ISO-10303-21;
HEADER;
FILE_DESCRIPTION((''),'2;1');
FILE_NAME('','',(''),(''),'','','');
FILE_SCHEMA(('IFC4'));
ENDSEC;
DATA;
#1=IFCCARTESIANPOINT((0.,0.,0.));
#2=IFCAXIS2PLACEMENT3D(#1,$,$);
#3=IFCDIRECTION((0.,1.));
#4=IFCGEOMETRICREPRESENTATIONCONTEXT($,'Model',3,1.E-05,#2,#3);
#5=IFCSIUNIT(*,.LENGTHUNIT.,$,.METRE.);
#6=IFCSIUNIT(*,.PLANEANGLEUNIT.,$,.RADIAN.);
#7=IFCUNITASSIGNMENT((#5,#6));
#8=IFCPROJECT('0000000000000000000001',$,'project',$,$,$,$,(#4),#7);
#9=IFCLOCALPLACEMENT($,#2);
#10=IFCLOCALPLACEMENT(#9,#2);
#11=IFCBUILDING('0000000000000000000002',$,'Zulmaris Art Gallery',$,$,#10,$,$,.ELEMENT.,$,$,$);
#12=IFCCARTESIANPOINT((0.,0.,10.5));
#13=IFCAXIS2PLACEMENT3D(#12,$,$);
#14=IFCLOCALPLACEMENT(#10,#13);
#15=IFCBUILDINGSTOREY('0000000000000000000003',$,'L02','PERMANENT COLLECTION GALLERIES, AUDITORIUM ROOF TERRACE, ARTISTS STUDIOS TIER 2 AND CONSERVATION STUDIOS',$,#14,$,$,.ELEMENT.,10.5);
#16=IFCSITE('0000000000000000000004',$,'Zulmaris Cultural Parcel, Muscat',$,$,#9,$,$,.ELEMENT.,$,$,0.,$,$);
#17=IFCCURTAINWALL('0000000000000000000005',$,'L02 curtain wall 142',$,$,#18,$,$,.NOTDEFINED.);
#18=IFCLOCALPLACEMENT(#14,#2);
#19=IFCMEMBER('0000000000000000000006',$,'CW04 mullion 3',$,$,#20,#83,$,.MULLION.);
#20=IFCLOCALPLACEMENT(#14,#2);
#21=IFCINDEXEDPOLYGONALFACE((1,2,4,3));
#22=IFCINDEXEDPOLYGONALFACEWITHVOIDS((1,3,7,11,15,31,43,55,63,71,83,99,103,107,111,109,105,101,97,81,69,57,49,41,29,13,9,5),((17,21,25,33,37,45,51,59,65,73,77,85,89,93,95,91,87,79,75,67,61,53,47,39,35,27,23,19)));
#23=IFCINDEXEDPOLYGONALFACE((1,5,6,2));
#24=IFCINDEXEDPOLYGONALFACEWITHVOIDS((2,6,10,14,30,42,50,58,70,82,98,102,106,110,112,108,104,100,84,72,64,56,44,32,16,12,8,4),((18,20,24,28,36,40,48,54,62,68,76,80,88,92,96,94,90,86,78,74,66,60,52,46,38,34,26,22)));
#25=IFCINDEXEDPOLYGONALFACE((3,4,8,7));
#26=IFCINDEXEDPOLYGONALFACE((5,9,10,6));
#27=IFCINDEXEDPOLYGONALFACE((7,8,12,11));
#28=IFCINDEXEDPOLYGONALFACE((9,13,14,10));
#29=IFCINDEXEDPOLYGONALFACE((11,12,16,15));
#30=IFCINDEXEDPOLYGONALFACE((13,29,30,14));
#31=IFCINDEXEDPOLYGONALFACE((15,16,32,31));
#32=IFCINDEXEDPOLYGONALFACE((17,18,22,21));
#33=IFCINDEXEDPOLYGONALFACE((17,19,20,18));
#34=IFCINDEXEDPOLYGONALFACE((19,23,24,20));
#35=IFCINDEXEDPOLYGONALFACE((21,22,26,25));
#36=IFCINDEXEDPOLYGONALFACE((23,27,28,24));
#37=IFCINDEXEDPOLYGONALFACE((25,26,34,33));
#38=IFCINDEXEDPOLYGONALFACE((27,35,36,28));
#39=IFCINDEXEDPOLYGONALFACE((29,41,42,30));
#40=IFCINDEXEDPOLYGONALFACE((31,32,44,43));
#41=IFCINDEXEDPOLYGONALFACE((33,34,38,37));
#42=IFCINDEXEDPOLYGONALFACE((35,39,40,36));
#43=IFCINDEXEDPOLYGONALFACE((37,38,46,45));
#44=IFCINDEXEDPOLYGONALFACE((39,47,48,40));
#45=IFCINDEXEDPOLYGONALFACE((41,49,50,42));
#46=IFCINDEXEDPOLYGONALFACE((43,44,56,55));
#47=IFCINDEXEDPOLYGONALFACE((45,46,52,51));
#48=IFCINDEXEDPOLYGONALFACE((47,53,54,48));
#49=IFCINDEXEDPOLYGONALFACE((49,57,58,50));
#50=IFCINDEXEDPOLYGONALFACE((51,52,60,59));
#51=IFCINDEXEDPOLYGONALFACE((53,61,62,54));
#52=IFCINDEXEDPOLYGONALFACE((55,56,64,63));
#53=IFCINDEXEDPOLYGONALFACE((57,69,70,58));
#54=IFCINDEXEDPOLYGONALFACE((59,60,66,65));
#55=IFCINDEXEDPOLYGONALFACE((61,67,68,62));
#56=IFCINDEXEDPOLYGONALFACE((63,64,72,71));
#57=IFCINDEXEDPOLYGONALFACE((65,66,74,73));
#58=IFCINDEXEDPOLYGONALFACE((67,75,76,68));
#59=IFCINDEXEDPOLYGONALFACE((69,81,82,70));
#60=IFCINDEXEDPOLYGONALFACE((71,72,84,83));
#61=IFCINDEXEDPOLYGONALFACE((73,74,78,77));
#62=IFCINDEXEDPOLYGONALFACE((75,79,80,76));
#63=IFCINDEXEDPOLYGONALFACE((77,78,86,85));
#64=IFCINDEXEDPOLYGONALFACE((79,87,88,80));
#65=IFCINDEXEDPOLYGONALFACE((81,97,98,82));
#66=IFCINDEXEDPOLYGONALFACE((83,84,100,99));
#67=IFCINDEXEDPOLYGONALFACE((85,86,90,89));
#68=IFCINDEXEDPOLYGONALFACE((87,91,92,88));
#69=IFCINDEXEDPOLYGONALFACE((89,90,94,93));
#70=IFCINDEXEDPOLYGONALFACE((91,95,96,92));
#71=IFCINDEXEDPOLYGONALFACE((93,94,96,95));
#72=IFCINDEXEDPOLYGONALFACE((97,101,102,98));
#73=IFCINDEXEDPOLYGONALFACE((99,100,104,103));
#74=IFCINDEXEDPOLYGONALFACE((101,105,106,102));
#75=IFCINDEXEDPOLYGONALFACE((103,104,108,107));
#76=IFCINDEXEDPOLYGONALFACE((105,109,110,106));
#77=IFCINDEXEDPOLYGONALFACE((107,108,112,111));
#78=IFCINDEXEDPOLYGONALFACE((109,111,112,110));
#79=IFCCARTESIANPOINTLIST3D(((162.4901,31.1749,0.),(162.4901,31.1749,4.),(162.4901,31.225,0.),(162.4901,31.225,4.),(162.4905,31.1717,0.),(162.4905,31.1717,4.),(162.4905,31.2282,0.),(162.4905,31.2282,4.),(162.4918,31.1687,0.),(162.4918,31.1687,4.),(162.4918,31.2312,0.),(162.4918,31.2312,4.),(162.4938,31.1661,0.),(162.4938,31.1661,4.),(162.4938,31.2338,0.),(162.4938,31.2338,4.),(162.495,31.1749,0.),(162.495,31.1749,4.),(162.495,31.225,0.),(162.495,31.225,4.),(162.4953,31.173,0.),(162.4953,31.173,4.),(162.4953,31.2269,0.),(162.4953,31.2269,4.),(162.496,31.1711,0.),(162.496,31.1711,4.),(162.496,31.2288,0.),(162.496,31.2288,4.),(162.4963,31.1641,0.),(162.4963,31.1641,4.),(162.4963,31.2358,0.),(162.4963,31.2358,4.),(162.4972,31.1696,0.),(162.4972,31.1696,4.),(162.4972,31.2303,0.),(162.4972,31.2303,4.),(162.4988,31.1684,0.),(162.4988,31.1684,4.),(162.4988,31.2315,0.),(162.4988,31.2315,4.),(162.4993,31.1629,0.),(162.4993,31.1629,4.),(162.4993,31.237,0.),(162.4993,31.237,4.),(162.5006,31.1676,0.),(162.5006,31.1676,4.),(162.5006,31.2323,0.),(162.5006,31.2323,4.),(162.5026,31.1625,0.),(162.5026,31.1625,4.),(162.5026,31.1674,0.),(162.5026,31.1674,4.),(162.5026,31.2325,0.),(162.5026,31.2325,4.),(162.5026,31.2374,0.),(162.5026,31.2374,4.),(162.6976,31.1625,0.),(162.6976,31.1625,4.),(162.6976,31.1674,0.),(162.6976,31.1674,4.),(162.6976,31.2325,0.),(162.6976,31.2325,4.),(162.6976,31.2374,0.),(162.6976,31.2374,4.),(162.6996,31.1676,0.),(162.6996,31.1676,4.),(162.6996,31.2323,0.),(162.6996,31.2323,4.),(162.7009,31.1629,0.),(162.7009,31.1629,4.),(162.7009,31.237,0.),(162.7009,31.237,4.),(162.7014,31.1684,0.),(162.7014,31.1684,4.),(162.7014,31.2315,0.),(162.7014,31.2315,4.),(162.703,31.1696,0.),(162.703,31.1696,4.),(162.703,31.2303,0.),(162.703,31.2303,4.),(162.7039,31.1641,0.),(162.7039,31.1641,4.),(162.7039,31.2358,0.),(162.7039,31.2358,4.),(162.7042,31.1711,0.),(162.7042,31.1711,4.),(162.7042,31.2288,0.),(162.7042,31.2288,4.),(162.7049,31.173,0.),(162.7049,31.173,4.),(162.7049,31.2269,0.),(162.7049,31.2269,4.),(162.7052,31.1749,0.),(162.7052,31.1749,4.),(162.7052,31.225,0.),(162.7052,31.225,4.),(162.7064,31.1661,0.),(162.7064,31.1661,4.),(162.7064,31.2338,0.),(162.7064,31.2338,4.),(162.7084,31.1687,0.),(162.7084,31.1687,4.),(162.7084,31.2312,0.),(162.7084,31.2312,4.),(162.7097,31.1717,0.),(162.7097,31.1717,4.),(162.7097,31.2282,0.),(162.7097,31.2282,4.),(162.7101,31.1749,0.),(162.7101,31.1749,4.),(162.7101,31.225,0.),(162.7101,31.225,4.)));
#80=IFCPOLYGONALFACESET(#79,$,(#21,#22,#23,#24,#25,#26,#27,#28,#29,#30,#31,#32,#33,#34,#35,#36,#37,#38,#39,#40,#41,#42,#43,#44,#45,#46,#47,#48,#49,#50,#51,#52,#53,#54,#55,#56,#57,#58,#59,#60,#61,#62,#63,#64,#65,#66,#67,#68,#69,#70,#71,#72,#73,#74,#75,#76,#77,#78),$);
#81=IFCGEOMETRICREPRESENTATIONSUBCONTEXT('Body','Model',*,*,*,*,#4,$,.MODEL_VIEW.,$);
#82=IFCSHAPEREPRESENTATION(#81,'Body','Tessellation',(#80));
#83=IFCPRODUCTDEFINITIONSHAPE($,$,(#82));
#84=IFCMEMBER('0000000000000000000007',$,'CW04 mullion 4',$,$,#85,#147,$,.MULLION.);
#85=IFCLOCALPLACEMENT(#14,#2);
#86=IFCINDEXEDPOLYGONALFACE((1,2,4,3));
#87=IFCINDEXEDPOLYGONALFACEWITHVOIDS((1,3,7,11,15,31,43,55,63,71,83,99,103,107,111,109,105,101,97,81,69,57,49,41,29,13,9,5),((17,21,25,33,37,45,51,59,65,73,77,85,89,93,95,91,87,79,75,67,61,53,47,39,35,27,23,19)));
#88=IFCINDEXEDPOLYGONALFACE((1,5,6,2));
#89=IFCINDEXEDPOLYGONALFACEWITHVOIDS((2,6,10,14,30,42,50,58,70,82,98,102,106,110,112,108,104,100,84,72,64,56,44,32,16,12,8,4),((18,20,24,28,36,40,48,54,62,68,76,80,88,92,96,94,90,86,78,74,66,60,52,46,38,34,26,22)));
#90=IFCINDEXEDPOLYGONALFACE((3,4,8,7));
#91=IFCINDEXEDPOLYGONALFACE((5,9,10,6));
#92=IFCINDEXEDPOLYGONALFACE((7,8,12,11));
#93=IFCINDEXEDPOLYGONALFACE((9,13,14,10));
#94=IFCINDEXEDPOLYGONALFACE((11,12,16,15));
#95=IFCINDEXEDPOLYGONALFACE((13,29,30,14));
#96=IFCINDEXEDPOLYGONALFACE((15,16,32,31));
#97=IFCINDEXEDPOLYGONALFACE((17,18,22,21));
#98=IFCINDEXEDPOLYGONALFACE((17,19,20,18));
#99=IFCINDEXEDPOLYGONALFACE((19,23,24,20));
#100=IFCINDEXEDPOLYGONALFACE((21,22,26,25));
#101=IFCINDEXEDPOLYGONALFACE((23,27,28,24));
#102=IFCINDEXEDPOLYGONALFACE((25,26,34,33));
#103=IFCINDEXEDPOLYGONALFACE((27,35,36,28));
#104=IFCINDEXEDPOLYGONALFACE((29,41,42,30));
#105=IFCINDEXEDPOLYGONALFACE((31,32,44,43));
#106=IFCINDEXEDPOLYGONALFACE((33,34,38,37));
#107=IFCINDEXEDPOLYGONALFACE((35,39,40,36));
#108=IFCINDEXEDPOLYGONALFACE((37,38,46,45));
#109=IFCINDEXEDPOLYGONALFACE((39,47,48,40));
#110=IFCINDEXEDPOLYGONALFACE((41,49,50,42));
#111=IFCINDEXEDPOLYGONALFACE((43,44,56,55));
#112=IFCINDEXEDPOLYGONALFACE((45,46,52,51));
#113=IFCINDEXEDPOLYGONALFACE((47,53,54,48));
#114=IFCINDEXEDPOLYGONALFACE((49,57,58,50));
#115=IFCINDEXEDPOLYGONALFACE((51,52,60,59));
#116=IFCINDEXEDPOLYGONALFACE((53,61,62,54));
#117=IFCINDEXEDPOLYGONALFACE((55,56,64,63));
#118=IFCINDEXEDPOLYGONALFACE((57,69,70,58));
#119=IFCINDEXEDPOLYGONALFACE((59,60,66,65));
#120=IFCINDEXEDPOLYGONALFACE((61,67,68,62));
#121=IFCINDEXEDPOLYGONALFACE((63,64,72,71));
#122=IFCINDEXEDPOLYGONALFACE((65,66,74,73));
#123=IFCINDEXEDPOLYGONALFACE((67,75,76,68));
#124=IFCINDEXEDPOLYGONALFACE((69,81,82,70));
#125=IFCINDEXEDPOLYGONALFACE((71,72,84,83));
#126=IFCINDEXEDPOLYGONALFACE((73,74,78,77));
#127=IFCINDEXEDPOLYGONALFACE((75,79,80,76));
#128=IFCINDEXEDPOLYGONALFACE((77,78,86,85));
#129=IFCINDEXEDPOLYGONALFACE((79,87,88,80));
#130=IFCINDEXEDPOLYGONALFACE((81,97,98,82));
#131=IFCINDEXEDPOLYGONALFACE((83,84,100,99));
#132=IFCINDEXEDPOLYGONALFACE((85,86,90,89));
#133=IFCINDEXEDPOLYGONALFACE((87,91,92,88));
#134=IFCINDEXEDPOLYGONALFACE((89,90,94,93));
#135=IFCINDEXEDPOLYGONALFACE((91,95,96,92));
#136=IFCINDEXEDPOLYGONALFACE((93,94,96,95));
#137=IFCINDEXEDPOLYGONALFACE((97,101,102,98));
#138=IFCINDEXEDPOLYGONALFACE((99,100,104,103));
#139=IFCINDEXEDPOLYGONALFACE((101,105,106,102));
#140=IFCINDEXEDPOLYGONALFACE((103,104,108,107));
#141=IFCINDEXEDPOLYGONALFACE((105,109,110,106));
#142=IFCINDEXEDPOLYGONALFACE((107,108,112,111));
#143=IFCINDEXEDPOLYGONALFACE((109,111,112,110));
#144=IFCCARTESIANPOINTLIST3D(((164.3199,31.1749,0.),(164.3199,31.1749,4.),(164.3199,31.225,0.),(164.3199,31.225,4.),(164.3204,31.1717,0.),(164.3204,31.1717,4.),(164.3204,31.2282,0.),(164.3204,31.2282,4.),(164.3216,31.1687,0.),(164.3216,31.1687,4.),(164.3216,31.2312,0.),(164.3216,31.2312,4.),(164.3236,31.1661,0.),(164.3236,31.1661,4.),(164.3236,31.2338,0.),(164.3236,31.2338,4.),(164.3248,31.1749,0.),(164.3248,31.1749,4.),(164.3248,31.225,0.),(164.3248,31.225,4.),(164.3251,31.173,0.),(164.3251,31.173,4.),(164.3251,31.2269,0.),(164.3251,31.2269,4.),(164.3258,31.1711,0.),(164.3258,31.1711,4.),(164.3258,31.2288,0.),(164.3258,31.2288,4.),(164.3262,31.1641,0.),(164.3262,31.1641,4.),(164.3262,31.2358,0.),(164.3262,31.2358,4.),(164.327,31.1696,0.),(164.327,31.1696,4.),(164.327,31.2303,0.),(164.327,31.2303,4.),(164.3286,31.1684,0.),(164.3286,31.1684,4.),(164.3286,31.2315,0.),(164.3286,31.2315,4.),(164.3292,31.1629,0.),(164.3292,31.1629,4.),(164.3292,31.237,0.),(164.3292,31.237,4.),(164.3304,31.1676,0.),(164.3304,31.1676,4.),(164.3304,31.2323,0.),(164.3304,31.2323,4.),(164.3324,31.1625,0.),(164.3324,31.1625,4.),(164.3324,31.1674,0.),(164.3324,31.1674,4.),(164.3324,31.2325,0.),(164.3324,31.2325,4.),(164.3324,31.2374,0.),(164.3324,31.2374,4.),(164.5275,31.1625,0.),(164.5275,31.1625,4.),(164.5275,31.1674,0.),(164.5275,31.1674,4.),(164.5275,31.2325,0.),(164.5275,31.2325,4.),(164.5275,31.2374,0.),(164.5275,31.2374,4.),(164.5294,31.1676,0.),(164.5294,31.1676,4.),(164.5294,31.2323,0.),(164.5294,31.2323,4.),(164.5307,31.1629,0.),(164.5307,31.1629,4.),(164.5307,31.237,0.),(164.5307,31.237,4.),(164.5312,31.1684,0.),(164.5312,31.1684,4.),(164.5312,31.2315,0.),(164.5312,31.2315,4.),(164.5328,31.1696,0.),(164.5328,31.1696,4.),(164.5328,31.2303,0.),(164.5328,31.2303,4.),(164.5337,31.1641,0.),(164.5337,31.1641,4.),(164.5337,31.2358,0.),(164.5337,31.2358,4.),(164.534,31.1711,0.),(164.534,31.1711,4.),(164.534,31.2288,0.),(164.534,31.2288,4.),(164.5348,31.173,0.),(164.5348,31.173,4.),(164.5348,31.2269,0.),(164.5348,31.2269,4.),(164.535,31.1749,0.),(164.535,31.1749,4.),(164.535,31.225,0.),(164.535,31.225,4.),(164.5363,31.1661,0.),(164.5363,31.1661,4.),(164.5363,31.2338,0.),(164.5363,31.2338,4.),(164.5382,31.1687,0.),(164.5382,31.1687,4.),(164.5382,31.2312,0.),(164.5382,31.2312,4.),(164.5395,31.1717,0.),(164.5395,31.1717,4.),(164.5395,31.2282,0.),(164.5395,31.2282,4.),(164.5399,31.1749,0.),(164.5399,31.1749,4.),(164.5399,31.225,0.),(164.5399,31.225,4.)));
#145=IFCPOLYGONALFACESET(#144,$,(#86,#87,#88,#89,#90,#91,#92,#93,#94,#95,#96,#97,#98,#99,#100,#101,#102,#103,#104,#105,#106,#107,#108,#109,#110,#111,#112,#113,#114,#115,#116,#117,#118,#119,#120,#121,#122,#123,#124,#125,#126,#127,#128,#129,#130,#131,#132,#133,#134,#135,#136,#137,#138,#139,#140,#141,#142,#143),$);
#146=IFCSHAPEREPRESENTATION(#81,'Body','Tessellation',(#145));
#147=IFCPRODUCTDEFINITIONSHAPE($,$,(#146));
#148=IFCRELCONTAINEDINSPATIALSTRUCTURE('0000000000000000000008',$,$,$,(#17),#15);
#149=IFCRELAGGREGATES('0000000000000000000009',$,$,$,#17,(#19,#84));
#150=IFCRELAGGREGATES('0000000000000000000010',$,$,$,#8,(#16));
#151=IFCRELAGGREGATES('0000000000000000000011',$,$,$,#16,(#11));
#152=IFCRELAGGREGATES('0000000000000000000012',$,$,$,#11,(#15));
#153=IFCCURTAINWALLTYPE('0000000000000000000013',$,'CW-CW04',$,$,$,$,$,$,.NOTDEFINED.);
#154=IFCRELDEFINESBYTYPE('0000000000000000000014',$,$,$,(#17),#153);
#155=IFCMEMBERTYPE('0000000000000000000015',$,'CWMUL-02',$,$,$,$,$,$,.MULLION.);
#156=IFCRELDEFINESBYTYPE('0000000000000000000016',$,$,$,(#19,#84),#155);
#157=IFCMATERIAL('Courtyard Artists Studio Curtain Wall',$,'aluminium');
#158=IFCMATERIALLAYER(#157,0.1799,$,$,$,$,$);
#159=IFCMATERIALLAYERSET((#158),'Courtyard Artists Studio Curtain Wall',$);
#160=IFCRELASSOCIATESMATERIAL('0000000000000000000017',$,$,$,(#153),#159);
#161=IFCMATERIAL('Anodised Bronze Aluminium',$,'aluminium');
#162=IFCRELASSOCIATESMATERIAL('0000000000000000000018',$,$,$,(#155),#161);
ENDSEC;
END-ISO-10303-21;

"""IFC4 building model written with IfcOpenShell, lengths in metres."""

from ifc_helpers import new_model, si_unit, direction, frame, origin, origin_2d, place, context, subcontext, project, spatial, hollow_rectangle, extrude, material, layer, layer_set, material_profile, profile_set, type_object, element, aggregate, save


model = new_model("IFC4")

# Units and contexts
model_context = context("Model", 3, precision=1e-05, world=origin(), true_north=direction((0.0, 1.0)))
body_context = subcontext(model_context, "Body", "Model", "MODEL_VIEW")
ifc_project = project(units=[si_unit("LENGTHUNIT", "METRE"), si_unit("PLANEANGLEUNIT", "RADIAN")], contexts=[model_context])

# Site, building, storey
site_placement = place(None, origin())
site = spatial("IfcSite", under=ifc_project, at=site_placement, Name="Zulmaris Cultural Parcel, Muscat", CompositionType="ELEMENT", RefElevation=0.0)
building_placement = place(site_placement, origin())
building = spatial("IfcBuilding", under=site, at=building_placement, Name="Zulmaris Art Gallery", CompositionType="ELEMENT")
storey_placement = place(building_placement, frame((0.0, 0.0, 10.5)))
storey = spatial("IfcBuildingStorey", under=building, at=storey_placement, Name="L02", Description="PERMANENT COLLECTION GALLERIES, AUDITORIUM ROOF TERRACE, ARTISTS STUDIOS TIER 2 AND CONSERVATION STUDIOS", CompositionType="ELEMENT", Elevation=10.5)

# Curtain wall, members
ifc_material_1 = material(Name="Courtyard Artists Studio Curtain Wall", Category="aluminium")
ifc_layer_1 = layer(ifc_material_1, 0.1799)
ifc_layer_set_1 = layer_set([ifc_layer_1], Name="Courtyard Artists Studio Curtain Wall")
curtain_wall_type = type_object("IfcCurtainWallType", Name="CW-CW04", PredefinedType="NOTDEFINED", material=ifc_layer_set_1)
curtain_wall_placement = place(storey_placement, origin())
curtain_wall = element("IfcCurtainWall", 1, at=curtain_wall_placement, inside=storey, type_object=curtain_wall_type, Name="L02 curtain wall 142", PredefinedType="NOTDEFINED")
ifc_material_2 = material(Name="Anodised Bronze Aluminium", Category="aluminium")
ifc_material_profile_1 = material_profile(ifc_material_2, hollow_rectangle(XDim=0.075, YDim=0.22, WallThickness=0.0049, InnerFilletRadius=0.0076, OuterFilletRadius=0.0125, at=origin_2d()), Name="ALU 75x220x5")
ifc_profile_set_1 = profile_set([ifc_material_profile_1], Name="Anodised Bronze Aluminium")
member_type_1 = type_object("IfcMemberType", Name="CWMUL-02", PredefinedType="MULLION", material=ifc_profile_set_1)
member_1_placement = place(storey_placement, frame((162.6001, 31.2, 0.0), z_axis=(0.0, 0.0, 1.0), x_axis=(0.0, 1.0, 0.0)))
member_1 = element("IfcMember", 2, at=member_1_placement, type_object=member_type_1, Name="CW04 mullion 3", PredefinedType="MULLION", context=body_context, shape_type="SweptSolid", body=[
    extrude(hollow_rectangle(XDim=0.075, YDim=0.22, WallThickness=0.0049, InnerFilletRadius=0.0076, OuterFilletRadius=0.0125, at=origin_2d()), origin(), (0.0, 0.0, 1.0), 4.0),
])
member_2_placement = place(storey_placement, frame((164.4299, 31.2, 0.0), z_axis=(0.0, 0.0, 1.0), x_axis=(0.0, 1.0, 0.0)))
member_2 = element("IfcMember", 3, at=member_2_placement, type_object=member_type_1, Name="CW04 mullion 4", PredefinedType="MULLION", context=body_context, shape_type="SweptSolid", body=[
    extrude(hollow_rectangle(XDim=0.075, YDim=0.22, WallThickness=0.0049, InnerFilletRadius=0.0076, OuterFilletRadius=0.0125, at=origin_2d()), origin(), (0.0, 0.0, 1.0), 4.0),
])
aggregate(curtain_wall, [member_1, member_2])

save(model, "model.ifc")
